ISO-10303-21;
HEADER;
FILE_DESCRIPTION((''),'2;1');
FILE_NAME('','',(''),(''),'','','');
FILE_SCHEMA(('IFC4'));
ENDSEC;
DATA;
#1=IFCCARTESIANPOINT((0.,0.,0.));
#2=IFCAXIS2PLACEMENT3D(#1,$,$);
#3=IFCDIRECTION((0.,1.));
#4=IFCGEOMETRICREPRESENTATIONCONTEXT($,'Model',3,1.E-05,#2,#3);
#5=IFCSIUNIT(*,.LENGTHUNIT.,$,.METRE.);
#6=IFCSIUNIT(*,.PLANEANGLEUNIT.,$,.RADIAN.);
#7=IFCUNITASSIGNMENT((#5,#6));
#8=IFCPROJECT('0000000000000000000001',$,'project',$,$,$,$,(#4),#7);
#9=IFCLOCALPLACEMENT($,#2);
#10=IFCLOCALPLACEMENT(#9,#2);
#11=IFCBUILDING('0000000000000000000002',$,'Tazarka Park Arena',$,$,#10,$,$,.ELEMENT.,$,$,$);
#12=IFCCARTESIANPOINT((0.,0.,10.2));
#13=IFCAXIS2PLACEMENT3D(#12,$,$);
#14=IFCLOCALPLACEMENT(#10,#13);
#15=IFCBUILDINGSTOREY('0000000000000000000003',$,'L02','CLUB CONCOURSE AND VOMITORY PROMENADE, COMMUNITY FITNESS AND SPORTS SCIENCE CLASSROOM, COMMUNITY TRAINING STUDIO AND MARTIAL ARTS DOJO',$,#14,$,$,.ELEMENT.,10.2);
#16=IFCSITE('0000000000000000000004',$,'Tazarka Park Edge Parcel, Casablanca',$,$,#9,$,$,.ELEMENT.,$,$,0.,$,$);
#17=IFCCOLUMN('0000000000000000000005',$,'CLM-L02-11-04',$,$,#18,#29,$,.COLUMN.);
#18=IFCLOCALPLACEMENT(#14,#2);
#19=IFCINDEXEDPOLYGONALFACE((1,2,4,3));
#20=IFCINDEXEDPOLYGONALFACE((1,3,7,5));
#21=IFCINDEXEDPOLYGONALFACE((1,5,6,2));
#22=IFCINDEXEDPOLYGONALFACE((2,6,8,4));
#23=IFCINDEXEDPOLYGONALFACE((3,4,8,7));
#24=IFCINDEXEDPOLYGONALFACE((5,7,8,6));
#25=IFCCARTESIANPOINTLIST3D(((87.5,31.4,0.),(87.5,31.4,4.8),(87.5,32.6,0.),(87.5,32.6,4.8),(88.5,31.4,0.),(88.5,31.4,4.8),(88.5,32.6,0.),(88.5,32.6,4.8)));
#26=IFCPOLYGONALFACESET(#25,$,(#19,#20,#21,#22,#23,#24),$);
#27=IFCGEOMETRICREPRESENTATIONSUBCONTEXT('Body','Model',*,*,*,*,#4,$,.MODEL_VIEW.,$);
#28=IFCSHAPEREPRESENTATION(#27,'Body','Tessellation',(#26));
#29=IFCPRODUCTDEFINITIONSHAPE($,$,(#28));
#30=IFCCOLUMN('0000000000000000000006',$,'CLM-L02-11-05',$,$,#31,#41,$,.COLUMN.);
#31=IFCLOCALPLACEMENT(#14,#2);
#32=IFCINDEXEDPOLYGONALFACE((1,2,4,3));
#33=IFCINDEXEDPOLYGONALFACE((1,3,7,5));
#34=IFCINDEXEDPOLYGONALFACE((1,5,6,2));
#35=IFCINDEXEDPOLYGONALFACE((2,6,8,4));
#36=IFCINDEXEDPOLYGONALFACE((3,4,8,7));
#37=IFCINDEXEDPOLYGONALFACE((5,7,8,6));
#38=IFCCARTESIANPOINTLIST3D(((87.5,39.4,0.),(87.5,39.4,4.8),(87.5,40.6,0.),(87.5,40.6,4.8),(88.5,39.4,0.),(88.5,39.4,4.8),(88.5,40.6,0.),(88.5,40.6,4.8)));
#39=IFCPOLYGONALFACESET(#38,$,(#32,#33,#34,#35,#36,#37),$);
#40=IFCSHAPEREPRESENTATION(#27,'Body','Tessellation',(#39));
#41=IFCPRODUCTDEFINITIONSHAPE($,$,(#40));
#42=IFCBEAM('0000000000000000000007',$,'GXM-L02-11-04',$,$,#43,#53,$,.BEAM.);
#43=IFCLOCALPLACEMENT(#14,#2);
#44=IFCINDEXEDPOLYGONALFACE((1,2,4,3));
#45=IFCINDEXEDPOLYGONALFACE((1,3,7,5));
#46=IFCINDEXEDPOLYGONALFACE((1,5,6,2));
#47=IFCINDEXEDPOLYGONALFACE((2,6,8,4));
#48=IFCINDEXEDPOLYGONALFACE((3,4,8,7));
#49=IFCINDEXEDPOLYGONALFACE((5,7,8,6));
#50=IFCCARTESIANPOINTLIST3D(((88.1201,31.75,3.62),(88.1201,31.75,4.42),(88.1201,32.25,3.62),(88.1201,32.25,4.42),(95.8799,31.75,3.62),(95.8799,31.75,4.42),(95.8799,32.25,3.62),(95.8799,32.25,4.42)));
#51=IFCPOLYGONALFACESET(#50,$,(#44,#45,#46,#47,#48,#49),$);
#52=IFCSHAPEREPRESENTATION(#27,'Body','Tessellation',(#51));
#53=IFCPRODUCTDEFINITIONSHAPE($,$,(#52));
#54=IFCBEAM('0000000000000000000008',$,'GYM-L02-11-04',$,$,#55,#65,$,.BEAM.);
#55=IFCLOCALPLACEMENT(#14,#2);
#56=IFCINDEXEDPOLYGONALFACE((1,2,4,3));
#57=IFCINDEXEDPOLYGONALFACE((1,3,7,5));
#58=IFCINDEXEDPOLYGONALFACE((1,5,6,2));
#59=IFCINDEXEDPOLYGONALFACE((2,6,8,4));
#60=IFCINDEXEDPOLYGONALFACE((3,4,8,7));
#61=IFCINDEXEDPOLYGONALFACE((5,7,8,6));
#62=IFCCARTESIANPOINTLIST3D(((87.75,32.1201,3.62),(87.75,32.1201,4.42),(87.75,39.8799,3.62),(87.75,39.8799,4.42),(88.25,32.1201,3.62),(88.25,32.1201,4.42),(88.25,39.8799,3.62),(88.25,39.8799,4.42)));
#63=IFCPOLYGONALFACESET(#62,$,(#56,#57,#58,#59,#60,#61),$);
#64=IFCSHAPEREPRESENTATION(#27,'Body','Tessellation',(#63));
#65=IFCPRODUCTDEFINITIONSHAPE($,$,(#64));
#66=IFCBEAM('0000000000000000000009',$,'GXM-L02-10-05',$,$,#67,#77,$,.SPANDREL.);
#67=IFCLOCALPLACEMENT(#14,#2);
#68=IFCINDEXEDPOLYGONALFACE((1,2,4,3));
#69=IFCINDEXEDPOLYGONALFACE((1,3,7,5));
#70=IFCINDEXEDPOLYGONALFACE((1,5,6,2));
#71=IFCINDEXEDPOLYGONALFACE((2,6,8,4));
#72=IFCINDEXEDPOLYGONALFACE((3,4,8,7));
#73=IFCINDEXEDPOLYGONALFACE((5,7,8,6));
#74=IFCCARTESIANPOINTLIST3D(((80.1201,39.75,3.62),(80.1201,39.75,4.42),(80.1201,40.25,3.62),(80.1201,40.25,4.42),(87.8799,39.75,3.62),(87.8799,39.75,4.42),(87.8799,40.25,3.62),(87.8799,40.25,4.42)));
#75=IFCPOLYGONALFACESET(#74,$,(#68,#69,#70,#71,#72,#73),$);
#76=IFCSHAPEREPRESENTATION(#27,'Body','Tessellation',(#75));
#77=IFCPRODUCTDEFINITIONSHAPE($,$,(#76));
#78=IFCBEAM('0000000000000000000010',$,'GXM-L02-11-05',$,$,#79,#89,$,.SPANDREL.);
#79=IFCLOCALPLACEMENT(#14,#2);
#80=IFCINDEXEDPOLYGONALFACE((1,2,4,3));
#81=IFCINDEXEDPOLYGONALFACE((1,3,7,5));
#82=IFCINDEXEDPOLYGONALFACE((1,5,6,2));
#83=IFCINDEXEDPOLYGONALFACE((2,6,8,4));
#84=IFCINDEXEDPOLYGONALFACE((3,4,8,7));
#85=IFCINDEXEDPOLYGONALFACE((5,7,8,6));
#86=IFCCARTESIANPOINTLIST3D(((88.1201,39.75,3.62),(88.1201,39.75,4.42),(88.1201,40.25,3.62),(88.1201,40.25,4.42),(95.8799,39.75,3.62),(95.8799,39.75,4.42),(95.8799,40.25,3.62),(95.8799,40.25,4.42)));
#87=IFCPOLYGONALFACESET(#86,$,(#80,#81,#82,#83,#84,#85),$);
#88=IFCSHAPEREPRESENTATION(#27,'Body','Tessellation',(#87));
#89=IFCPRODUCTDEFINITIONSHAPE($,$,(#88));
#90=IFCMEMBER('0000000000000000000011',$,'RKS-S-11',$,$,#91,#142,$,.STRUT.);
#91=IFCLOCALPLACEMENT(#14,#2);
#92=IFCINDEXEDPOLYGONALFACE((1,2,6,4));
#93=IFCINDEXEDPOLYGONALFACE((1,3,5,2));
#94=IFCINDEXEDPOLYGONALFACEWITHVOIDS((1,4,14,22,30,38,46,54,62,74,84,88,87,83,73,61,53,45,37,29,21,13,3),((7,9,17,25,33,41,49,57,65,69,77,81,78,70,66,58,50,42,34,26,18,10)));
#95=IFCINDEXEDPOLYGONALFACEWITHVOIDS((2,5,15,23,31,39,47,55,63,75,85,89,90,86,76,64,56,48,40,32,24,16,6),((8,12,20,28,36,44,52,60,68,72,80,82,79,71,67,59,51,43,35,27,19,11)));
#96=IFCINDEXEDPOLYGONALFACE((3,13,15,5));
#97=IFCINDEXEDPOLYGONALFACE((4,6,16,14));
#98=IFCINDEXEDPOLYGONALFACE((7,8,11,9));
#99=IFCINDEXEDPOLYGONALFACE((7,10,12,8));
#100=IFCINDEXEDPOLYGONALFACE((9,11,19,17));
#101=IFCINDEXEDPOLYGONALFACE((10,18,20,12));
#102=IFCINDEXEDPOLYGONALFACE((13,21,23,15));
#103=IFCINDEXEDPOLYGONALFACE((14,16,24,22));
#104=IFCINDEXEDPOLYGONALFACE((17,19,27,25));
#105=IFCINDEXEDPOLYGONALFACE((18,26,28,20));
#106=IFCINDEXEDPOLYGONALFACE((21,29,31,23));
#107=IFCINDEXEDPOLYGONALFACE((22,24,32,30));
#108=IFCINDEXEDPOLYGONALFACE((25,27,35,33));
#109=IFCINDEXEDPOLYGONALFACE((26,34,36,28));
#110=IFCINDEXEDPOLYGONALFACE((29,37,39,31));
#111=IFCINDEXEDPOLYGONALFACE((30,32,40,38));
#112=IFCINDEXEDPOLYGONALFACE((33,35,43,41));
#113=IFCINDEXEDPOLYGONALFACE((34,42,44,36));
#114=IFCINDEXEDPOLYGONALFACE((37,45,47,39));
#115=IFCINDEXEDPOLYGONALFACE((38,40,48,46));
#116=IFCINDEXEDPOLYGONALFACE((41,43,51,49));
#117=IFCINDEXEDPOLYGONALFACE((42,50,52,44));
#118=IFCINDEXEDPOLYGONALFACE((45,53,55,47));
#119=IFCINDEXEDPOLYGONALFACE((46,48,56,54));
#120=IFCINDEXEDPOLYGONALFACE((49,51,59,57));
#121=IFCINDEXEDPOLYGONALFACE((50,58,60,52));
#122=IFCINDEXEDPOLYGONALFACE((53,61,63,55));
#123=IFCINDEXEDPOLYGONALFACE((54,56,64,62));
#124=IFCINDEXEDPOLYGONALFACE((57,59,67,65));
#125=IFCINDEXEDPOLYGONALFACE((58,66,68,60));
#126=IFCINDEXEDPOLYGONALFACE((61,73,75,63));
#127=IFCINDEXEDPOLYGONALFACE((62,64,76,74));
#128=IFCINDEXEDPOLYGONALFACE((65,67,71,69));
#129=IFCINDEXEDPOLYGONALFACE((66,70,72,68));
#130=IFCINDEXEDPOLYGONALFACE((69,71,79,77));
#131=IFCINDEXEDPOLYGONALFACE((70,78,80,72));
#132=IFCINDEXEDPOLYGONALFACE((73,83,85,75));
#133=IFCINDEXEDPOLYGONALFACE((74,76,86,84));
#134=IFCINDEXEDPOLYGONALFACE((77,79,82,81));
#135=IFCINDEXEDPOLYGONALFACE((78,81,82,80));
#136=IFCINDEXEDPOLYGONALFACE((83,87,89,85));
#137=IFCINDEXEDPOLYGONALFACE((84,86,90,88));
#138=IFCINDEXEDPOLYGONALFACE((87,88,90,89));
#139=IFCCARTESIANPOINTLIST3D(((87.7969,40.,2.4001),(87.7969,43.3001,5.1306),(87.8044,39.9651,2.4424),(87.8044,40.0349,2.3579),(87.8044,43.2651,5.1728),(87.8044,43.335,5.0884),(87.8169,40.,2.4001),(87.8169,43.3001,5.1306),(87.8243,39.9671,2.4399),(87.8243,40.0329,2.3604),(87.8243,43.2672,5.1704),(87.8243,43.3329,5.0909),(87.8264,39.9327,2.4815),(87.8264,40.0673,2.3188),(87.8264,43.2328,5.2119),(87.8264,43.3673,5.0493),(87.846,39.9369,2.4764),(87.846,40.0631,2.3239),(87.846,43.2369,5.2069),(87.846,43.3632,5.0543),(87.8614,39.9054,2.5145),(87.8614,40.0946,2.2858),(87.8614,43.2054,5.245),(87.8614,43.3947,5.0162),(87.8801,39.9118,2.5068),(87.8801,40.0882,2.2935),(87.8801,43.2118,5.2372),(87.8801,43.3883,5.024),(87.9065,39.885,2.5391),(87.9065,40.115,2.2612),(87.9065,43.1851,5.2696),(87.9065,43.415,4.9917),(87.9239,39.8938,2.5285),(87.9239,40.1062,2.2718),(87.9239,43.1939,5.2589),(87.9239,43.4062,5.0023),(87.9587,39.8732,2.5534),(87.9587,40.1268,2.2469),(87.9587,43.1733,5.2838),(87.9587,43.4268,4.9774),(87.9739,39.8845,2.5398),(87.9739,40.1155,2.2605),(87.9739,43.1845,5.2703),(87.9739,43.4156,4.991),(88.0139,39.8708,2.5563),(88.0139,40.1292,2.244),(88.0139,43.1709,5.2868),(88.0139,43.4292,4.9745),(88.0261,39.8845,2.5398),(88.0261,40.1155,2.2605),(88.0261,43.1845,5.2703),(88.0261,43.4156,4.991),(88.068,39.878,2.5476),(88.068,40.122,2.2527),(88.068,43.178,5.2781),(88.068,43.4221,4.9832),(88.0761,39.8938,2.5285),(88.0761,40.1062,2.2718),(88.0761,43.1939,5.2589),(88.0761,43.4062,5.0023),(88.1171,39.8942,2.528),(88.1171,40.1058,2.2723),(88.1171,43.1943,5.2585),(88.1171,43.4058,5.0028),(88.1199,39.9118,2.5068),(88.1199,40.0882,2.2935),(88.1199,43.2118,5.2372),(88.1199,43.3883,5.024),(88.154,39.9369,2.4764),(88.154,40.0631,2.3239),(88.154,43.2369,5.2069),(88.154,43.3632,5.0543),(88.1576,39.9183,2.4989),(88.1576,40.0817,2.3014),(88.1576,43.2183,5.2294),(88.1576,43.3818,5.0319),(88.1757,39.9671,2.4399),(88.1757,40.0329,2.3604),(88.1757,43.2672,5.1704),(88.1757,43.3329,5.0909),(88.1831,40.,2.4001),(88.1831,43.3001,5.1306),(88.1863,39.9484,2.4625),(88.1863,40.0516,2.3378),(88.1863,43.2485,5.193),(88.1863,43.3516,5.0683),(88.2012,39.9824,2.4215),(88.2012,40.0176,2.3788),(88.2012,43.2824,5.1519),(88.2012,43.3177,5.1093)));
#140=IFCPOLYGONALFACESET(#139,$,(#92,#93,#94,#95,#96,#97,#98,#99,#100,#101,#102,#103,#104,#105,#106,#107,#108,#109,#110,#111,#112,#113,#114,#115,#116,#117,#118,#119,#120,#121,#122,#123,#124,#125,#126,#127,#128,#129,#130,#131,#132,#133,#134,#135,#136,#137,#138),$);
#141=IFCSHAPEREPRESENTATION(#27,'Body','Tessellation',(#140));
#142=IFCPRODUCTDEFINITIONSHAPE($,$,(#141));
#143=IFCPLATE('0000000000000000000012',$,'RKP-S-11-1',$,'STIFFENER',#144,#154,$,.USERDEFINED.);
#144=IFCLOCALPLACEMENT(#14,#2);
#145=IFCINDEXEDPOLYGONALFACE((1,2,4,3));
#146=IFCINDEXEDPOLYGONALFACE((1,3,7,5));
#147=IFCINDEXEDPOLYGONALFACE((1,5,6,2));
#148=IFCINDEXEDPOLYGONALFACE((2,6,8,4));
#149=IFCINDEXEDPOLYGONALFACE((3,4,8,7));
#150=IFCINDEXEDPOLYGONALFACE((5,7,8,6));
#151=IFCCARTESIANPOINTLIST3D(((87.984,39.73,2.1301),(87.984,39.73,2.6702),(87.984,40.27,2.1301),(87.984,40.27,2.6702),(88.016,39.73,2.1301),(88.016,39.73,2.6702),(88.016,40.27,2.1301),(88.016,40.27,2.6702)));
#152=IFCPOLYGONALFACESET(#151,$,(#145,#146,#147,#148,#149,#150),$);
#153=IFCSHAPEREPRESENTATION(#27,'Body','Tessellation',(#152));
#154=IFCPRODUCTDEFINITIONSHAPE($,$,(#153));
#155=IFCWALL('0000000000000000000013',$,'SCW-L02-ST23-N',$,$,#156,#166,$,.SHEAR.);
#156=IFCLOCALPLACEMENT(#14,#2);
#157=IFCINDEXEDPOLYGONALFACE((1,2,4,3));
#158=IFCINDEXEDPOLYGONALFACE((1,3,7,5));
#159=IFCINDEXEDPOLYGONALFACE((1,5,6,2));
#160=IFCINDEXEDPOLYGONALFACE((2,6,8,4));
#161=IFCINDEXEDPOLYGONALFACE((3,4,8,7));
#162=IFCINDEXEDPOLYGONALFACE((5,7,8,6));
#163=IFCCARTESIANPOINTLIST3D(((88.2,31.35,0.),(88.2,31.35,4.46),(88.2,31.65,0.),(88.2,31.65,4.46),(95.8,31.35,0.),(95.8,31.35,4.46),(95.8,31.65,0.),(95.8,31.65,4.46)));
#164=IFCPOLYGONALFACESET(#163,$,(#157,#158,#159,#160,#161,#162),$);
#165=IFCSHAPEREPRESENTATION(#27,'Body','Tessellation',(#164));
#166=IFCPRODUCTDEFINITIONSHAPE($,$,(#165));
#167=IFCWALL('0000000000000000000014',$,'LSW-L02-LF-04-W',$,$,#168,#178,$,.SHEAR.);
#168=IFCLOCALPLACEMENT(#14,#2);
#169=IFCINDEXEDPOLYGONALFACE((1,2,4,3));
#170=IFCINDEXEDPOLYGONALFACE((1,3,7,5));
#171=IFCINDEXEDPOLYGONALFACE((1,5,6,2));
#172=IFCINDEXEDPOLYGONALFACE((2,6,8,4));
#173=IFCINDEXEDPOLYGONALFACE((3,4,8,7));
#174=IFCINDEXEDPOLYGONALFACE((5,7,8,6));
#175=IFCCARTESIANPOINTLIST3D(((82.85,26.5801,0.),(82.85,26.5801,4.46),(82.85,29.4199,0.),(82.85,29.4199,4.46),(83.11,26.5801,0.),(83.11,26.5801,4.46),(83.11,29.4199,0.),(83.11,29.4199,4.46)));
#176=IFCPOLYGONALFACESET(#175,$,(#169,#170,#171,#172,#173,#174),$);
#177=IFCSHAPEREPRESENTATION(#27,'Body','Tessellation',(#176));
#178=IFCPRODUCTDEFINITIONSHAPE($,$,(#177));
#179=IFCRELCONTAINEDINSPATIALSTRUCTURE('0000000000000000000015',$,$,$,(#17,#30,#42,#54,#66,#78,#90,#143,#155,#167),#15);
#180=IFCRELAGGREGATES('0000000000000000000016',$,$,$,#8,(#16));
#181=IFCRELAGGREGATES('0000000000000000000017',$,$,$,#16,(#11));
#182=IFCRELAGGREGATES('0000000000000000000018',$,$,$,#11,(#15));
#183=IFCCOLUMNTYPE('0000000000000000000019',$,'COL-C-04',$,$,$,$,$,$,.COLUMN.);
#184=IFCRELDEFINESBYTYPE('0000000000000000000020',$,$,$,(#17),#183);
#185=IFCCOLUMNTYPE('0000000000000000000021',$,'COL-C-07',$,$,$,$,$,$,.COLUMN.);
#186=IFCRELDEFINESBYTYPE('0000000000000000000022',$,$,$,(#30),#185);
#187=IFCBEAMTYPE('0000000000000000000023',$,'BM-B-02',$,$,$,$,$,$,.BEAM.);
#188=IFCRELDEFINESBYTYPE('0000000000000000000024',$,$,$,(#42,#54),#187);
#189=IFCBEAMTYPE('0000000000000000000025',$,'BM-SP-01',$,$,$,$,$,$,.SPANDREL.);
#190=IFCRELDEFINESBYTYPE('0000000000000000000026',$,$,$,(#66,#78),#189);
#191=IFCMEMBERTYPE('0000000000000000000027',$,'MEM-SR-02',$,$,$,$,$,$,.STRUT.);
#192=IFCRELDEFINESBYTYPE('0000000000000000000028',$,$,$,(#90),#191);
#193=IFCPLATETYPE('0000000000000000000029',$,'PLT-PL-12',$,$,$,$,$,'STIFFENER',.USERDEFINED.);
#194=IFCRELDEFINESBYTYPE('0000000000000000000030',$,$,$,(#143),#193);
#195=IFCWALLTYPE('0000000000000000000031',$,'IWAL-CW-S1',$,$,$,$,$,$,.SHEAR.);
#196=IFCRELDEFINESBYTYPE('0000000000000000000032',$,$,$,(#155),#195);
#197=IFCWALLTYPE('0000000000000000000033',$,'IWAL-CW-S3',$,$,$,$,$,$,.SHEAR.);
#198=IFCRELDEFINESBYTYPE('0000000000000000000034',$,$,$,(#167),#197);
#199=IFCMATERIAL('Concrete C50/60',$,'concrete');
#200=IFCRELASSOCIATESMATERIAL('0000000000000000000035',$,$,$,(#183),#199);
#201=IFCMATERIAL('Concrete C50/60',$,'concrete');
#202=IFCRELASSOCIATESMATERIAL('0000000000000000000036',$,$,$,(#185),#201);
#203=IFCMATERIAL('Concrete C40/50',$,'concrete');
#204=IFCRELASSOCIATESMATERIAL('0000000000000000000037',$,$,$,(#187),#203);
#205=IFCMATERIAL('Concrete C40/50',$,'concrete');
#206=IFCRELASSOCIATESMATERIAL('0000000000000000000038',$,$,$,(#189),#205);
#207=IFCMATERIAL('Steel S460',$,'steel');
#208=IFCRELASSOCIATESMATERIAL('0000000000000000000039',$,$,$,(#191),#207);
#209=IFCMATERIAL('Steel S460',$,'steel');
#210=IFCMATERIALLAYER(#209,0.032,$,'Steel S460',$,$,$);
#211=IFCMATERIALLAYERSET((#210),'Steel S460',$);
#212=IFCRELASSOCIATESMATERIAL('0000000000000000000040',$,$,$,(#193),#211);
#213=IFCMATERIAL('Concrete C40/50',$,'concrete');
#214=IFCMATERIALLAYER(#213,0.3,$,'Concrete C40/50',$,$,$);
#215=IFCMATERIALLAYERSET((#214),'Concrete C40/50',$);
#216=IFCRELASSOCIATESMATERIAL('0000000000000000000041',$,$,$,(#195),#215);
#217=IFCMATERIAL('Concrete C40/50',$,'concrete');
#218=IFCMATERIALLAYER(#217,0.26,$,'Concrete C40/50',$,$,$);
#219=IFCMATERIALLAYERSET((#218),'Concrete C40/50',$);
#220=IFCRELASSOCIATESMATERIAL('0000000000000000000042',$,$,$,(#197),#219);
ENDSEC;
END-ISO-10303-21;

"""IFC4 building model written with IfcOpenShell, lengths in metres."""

from ifc_helpers import new_model, si_unit, direction, frame, frame_2d, origin, origin_2d, place, context, subcontext, project, spatial, rectangle, hollow_circle, extrude, material, layer, layer_set, material_profile, profile_set, type_object, element, save


model = new_model("IFC4")

# Units and contexts
model_context = context("Model", 3, precision=1e-05, world=origin(), true_north=direction((0.0, 1.0)))
body_context = subcontext(model_context, "Body", "Model", "MODEL_VIEW")
ifc_project = project(units=[si_unit("LENGTHUNIT", "METRE"), si_unit("PLANEANGLEUNIT", "RADIAN")], contexts=[model_context])

# Site, building, storey
site_placement = place(None, origin())
site = spatial("IfcSite", under=ifc_project, at=site_placement, Name="Tazarka Park Edge Parcel, Casablanca", CompositionType="ELEMENT", RefElevation=0.0)
building_placement = place(site_placement, origin())
building = spatial("IfcBuilding", under=site, at=building_placement, Name="Tazarka Park Arena", CompositionType="ELEMENT")
storey_placement = place(building_placement, frame((0.0, 0.0, 10.2)))
storey = spatial("IfcBuildingStorey", under=building, at=storey_placement, Name="L02", Description="CLUB CONCOURSE AND VOMITORY PROMENADE, COMMUNITY FITNESS AND SPORTS SCIENCE CLASSROOM, COMMUNITY TRAINING STUDIO AND MARTIAL ARTS DOJO", CompositionType="ELEMENT", Elevation=10.2)

# Columns
ifc_material_1 = material(Name="Concrete C50/60", Category="concrete")
ifc_material_profile_1 = material_profile(ifc_material_1, rectangle(XDim=1.0, YDim=1.2, at=origin_2d()), Name="Concrete C50/60")
ifc_profile_set_1 = profile_set([ifc_material_profile_1], Name="Concrete C50/60")
column_type_1 = type_object("IfcColumnType", Name="COL-C-04", PredefinedType="COLUMN", material=ifc_profile_set_1)
column_1_placement = place(storey_placement, frame((88.0, 32.0, 0.0), z_axis=(0.0, 0.0, 1.0), x_axis=(1.0, 0.0, 0.0)))
element("IfcColumn", 1, at=column_1_placement, inside=storey, type_object=column_type_1, Name="CLM-L02-11-04", PredefinedType="COLUMN", context=body_context, shape_type="SweptSolid", body=[
    extrude(rectangle(XDim=1.0, YDim=1.2, at=origin_2d()), origin(), (0.0, 0.0, 1.0), 4.8),
])
ifc_material_2 = material(Name="Concrete C50/60", Category="concrete")
ifc_material_profile_2 = material_profile(ifc_material_2, rectangle(XDim=1.0, YDim=1.2, at=origin_2d()), Name="Concrete C50/60")
ifc_profile_set_2 = profile_set([ifc_material_profile_2], Name="Concrete C50/60")
column_type_2 = type_object("IfcColumnType", Name="COL-C-07", PredefinedType="COLUMN", material=ifc_profile_set_2)
column_2_placement = place(storey_placement, frame((88.0, 40.0, 0.0), z_axis=(0.0, 0.0, 1.0), x_axis=(1.0, 0.0, 0.0)))
element("IfcColumn", 2, at=column_2_placement, inside=storey, type_object=column_type_2, Name="CLM-L02-11-05", PredefinedType="COLUMN", context=body_context, shape_type="SweptSolid", body=[
    extrude(rectangle(XDim=1.0, YDim=1.2, at=origin_2d()), origin(), (0.0, 0.0, 1.0), 4.8),
])

# Beams
ifc_material_3 = material(Name="Concrete C40/50", Category="concrete")
ifc_material_profile_3 = material_profile(ifc_material_3, rectangle(XDim=0.5, YDim=0.8, at=origin_2d()), Name="Concrete C40/50")
ifc_profile_set_3 = profile_set([ifc_material_profile_3], Name="Concrete C40/50")
beam_type_1 = type_object("IfcBeamType", Name="BM-B-02", PredefinedType="BEAM", material=ifc_profile_set_3)
for number, where, z_axis, x_axis, name in (
    (3, (88.1201, 32.0, 4.02), (1.0, 0.0, 0.0), (0.0, 1.0, 0.0), "GXM-L02-11-04"),
    (4, (88.0, 32.1201, 4.02), (0.0, 1.0, 0.0), (-1.0, 0.0, 0.0), "GYM-L02-11-04"),
):
    element("IfcBeam", number, at=place(storey_placement, frame(where, z_axis=z_axis, x_axis=x_axis)), inside=storey, type_object=beam_type_1, Name=name, PredefinedType="BEAM", context=body_context, shape_type="SweptSolid", body=[
        extrude(rectangle(XDim=0.5, YDim=0.8, at=origin_2d()), origin(), (0.0, 0.0, 1.0), 7.7598),
    ])
ifc_material_4 = material(Name="Concrete C40/50", Category="concrete")
ifc_material_profile_4 = material_profile(ifc_material_4, rectangle(XDim=0.5, YDim=0.8, at=origin_2d()), Name="Concrete C40/50")
ifc_profile_set_4 = profile_set([ifc_material_profile_4], Name="Concrete C40/50")
beam_type_2 = type_object("IfcBeamType", Name="BM-SP-01", PredefinedType="SPANDREL", material=ifc_profile_set_4)
for number, where, z_axis, x_axis, name in (
    (5, (80.1201, 40.0, 4.02), (1.0, 0.0, 0.0), (0.0, 1.0, 0.0), "GXM-L02-10-05"),
    (6, (88.1201, 40.0, 4.02), (1.0, 0.0, 0.0), (0.0, 1.0, 0.0), "GXM-L02-11-05"),
):
    element("IfcBeam", number, at=place(storey_placement, frame(where, z_axis=z_axis, x_axis=x_axis)), inside=storey, type_object=beam_type_2, Name=name, PredefinedType="SPANDREL", context=body_context, shape_type="SweptSolid", body=[
        extrude(rectangle(XDim=0.5, YDim=0.8, at=origin_2d()), origin(), (0.0, 0.0, 1.0), 7.7598),
    ])

# Member
ifc_material_5 = material(Name="Steel S460", Category="steel")
ifc_material_profile_5 = material_profile(ifc_material_5, hollow_circle(Radius=0.2031, WallThickness=0.02, at=origin_2d()), Name="Steel S460")
ifc_profile_set_5 = profile_set([ifc_material_profile_5], Name="Steel S460")
member_type = type_object("IfcMemberType", Name="MEM-SR-02", PredefinedType="STRUT", material=ifc_profile_set_5)
member_placement = place(storey_placement, frame((88.0, 40.0, 2.4001), z_axis=(0.0, 0.770464, 0.637484), x_axis=(-1.0, 0.0, 0.0)))
element("IfcMember", 7, at=member_placement, inside=storey, type_object=member_type, Name="RKS-S-11", PredefinedType="STRUT", context=body_context, shape_type="SweptSolid", body=[
    extrude(hollow_circle(Radius=0.2031, WallThickness=0.02, at=origin_2d()), origin(), (0.0, 0.0, 1.0), 4.2832),
])

# Plate
ifc_material_6 = material(Name="Steel S460", Category="steel")
ifc_layer_1 = layer(ifc_material_6, 0.032, Name="Steel S460")
ifc_layer_set_1 = layer_set([ifc_layer_1], Name="Steel S460")
plate_type = type_object("IfcPlateType", Name="PLT-PL-12", ElementType="STIFFENER", PredefinedType="USERDEFINED", material=ifc_layer_set_1)
plate_placement = place(storey_placement, frame((88.0, 40.0, 2.1301), z_axis=(0.0, 0.0, 1.0), x_axis=(1.0, 0.0, 0.0)))
element("IfcPlate", 8, at=plate_placement, inside=storey, type_object=plate_type, Name="RKP-S-11-1", ObjectType="STIFFENER", PredefinedType="USERDEFINED", context=body_context, shape_type="SweptSolid", body=[
    extrude(rectangle(XDim=0.032, YDim=0.54, at=origin_2d()), origin(), (0.0, 0.0, 1.0), 0.54),
])

# Walls
ifc_material_7 = material(Name="Concrete C40/50", Category="concrete")
ifc_layer_2 = layer(ifc_material_7, 0.3, Name="Concrete C40/50")
ifc_layer_set_2 = layer_set([ifc_layer_2], Name="Concrete C40/50")
wall_type_1 = type_object("IfcWallType", Name="IWAL-CW-S1", PredefinedType="SHEAR", material=ifc_layer_set_2)
wall_1_placement = place(storey_placement, frame((88.2, 31.5, 0.0), z_axis=(0.0, 0.0, 1.0), x_axis=(1.0, 0.0, 0.0)))
element("IfcWall", 9, at=wall_1_placement, inside=storey, type_object=wall_type_1, Name="SCW-L02-ST23-N", PredefinedType="SHEAR", context=body_context, shape_type="SweptSolid", body=[
    extrude(rectangle(XDim=7.6001, YDim=0.3, at=frame_2d((3.8, 0.0))), origin(), (0.0, 0.0, 1.0), 4.46),
])
ifc_material_8 = material(Name="Concrete C40/50", Category="concrete")
ifc_layer_3 = layer(ifc_material_8, 0.26, Name="Concrete C40/50")
ifc_layer_set_3 = layer_set([ifc_layer_3], Name="Concrete C40/50")
wall_type_2 = type_object("IfcWallType", Name="IWAL-CW-S3", PredefinedType="SHEAR", material=ifc_layer_set_3)
wall_2_placement = place(storey_placement, frame((82.98, 26.5801, 0.0), z_axis=(0.0, 0.0, 1.0), x_axis=(0.0, 1.0, 0.0)))
element("IfcWall", 10, at=wall_2_placement, inside=storey, type_object=wall_type_2, Name="LSW-L02-LF-04-W", PredefinedType="SHEAR", context=body_context, shape_type="SweptSolid", body=[
    extrude(rectangle(XDim=2.8398, YDim=0.26, at=frame_2d((1.4199, 0.0))), origin(), (0.0, 0.0, 1.0), 4.46),
])

save(model, "model.ifc")
